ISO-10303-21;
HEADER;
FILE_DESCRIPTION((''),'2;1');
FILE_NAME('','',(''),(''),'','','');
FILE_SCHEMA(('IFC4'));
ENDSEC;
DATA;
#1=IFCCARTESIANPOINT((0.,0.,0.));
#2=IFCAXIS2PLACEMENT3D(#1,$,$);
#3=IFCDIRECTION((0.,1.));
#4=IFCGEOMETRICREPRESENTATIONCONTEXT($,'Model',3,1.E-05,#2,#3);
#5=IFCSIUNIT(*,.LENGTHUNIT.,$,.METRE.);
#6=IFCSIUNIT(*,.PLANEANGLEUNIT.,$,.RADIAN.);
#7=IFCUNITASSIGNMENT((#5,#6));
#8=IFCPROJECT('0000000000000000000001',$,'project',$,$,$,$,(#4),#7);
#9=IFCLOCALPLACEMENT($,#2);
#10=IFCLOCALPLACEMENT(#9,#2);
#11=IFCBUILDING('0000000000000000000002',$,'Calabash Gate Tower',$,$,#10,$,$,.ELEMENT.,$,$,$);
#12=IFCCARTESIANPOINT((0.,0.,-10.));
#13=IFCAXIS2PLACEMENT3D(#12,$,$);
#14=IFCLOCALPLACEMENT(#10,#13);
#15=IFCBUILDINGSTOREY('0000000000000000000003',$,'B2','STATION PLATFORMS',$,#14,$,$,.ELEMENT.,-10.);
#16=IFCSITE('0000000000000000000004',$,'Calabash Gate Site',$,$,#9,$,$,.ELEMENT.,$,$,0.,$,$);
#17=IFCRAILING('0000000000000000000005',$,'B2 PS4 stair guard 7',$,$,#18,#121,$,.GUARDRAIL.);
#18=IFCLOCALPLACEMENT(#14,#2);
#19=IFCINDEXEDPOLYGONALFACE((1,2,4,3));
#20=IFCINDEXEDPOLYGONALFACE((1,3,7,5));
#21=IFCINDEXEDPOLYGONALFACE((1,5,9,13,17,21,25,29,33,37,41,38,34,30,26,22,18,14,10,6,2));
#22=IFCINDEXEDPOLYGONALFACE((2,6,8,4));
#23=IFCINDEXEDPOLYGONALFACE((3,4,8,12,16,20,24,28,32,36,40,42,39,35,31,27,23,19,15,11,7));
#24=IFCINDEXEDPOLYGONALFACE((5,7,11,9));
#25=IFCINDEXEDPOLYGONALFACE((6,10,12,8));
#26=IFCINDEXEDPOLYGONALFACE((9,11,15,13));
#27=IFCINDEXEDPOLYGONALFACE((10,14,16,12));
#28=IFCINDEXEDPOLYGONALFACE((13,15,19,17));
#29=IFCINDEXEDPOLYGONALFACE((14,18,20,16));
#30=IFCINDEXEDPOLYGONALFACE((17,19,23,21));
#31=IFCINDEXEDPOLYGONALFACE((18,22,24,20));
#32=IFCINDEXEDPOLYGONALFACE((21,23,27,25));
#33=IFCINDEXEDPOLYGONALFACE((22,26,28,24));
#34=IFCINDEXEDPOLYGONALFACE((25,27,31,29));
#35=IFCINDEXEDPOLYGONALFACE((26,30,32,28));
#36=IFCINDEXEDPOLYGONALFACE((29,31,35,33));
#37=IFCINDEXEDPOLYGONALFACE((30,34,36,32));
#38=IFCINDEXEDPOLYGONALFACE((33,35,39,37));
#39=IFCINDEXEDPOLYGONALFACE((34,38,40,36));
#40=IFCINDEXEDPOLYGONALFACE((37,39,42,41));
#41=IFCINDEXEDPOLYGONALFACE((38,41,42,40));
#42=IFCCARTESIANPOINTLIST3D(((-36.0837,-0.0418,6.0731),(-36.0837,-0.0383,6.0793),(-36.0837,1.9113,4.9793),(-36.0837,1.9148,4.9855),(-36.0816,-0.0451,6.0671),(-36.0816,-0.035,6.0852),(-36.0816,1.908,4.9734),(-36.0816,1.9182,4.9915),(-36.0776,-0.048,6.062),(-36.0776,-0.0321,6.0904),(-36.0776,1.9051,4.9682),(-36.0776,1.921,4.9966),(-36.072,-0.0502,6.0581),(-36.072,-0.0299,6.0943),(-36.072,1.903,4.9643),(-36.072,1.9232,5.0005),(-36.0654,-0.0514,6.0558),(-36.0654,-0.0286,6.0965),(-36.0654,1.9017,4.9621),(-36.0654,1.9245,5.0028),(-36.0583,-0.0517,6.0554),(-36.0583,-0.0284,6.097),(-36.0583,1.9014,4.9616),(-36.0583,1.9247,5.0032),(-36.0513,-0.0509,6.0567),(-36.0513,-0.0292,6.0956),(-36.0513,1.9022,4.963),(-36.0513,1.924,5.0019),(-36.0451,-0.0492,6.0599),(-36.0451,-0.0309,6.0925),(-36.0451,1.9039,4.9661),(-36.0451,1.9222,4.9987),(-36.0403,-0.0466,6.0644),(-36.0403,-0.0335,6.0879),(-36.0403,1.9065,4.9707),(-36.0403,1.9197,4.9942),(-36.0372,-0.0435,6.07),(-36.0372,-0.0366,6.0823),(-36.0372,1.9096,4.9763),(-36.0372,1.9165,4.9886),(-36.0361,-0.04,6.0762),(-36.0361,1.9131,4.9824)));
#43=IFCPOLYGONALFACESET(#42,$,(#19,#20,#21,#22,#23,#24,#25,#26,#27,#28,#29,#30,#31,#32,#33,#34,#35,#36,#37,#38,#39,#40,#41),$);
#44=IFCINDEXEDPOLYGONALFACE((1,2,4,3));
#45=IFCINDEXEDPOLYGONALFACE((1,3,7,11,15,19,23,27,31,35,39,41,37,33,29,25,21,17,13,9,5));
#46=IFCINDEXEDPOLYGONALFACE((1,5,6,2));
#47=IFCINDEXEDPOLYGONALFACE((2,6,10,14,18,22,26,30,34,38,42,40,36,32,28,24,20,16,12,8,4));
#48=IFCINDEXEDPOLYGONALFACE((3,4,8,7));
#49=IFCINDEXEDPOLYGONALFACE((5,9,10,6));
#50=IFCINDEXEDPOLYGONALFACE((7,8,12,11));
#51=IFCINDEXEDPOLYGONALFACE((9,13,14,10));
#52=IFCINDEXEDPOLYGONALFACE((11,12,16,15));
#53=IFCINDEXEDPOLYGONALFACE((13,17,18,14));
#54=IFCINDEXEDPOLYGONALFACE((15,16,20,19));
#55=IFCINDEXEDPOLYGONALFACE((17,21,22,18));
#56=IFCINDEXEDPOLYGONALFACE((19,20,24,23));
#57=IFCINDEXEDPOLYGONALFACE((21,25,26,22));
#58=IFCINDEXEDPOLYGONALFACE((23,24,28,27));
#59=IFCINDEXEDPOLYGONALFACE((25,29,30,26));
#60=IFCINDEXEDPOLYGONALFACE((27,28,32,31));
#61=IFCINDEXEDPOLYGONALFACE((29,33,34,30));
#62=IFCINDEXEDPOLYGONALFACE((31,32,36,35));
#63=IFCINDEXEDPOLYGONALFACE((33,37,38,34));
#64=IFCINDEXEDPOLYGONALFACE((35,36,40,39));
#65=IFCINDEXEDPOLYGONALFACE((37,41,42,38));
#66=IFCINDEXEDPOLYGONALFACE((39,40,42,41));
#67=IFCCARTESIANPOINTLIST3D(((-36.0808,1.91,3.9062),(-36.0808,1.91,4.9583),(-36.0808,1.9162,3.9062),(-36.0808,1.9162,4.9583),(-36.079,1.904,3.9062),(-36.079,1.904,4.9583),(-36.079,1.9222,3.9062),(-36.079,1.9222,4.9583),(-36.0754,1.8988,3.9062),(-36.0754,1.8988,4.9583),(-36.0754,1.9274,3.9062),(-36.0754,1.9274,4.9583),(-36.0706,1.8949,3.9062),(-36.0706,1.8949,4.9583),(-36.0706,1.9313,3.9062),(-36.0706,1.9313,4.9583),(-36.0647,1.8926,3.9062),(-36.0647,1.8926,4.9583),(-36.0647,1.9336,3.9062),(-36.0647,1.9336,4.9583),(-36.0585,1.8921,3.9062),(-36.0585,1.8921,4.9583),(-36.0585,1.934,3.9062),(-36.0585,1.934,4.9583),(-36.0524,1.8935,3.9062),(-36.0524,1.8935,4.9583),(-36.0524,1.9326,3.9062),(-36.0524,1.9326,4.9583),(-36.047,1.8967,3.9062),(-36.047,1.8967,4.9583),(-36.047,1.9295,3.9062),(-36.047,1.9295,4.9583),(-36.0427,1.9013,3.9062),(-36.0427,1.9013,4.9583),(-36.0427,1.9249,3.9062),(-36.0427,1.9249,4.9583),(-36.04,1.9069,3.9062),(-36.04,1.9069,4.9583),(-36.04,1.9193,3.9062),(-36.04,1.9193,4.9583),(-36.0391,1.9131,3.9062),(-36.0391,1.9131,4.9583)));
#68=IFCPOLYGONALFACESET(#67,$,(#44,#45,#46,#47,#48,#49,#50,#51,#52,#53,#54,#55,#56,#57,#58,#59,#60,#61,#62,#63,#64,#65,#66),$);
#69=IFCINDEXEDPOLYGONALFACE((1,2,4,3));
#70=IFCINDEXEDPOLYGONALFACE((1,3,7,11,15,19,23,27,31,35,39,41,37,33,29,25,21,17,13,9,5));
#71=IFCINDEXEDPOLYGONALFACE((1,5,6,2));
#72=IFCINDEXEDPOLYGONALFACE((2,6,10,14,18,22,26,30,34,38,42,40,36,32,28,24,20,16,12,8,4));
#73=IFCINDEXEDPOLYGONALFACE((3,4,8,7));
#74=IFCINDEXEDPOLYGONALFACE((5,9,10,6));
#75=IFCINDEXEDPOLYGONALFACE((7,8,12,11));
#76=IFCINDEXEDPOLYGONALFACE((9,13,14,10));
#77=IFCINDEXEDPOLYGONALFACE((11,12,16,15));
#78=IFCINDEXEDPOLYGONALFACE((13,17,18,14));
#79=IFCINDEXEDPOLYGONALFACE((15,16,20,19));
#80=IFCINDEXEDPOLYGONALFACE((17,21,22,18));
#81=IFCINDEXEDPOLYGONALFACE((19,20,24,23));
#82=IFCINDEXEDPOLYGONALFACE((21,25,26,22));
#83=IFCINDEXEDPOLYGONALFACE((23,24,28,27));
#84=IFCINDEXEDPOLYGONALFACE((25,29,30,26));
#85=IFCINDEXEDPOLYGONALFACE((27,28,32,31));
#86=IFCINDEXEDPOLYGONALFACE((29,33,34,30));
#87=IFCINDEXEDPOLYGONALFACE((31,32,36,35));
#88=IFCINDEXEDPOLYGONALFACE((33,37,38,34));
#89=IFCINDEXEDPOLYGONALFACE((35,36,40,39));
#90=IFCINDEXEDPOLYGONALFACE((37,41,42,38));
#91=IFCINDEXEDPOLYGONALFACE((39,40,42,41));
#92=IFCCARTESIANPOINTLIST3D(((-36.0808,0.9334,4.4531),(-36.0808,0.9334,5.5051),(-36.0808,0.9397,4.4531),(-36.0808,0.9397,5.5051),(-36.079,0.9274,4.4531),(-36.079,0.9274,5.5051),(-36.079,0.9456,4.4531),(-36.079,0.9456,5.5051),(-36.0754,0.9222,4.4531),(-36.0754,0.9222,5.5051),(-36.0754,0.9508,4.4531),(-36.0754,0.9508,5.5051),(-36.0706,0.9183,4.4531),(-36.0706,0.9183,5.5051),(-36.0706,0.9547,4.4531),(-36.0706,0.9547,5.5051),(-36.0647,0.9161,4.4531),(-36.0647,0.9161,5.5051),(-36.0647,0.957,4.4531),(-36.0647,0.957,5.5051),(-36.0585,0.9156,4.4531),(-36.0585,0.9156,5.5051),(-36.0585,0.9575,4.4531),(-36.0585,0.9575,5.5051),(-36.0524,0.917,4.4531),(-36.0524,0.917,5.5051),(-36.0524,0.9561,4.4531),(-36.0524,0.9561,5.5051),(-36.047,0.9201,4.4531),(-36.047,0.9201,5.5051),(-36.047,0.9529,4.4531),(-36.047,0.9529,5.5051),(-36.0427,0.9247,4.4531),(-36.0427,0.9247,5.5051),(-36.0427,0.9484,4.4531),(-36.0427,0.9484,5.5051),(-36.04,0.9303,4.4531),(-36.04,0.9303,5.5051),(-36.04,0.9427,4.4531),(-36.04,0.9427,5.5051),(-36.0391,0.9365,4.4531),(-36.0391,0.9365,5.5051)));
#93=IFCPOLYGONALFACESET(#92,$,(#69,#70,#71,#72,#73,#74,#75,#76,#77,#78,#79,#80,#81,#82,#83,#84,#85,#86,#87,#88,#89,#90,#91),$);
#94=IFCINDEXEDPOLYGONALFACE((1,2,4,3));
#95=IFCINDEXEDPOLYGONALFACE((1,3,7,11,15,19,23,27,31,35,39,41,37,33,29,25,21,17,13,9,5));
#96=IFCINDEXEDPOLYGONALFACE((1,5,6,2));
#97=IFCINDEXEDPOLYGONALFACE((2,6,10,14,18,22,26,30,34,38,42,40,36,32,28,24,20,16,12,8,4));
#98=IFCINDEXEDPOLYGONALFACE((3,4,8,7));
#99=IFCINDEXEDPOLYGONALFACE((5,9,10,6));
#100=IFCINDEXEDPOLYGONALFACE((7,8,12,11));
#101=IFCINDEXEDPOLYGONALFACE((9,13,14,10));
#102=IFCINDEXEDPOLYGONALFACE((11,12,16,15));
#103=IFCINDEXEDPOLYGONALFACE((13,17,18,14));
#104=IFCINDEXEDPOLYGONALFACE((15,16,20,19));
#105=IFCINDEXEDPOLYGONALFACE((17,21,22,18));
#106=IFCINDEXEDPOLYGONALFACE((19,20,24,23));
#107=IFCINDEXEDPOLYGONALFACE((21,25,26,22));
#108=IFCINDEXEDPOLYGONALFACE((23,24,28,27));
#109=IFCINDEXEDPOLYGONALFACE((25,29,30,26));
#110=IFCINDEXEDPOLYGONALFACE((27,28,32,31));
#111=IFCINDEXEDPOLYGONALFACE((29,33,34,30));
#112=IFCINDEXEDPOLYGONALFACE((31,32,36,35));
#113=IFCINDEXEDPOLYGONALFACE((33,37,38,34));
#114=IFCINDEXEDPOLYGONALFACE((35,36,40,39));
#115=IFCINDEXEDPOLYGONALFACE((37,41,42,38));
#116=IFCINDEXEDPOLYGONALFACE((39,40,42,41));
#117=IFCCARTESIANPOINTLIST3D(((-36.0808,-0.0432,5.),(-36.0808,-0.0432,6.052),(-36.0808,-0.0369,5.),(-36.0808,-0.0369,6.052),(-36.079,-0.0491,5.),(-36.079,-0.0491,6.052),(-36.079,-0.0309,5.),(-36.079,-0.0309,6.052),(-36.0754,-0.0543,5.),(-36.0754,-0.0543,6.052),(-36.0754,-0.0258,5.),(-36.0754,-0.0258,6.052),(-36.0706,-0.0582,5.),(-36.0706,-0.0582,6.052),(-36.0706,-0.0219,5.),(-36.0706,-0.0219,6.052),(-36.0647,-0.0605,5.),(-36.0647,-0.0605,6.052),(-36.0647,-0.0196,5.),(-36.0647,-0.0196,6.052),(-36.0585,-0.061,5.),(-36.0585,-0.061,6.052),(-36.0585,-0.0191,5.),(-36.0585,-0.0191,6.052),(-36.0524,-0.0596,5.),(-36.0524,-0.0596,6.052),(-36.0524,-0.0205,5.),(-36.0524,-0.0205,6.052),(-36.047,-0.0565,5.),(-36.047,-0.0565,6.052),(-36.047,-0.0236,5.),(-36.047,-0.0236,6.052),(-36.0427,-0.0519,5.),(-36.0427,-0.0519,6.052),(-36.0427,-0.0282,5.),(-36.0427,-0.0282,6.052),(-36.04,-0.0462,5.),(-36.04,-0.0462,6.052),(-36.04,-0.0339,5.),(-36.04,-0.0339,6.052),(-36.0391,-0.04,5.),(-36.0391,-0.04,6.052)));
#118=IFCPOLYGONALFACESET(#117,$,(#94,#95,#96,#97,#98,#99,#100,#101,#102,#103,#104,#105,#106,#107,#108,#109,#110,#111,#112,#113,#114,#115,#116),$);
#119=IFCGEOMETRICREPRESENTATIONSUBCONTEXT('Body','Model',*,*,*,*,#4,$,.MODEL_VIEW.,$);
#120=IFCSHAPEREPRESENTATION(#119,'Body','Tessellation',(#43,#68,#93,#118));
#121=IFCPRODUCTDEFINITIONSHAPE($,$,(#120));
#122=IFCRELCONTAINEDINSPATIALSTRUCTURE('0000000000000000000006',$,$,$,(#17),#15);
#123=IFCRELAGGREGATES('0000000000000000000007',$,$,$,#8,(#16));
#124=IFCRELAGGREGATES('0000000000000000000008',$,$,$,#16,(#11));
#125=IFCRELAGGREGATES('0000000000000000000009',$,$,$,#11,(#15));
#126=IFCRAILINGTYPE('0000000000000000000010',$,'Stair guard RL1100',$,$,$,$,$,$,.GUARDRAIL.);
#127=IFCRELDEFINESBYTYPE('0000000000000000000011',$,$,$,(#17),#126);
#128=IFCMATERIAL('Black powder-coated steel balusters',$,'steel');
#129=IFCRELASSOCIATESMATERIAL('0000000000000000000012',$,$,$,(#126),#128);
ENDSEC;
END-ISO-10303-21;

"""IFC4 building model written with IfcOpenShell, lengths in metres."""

from ifc_helpers import new_model, si_unit, direction, frame, origin, origin_2d, place, context, subcontext, project, spatial, circle, extrude, material, type_object, element, save


model = new_model("IFC4")

# Units and contexts
model_context = context("Model", 3, precision=1e-05, world=origin(), true_north=direction((0.0, 1.0)))
body_context = subcontext(model_context, "Body", "Model", "MODEL_VIEW")
ifc_project = project(units=[si_unit("LENGTHUNIT", "METRE"), si_unit("PLANEANGLEUNIT", "RADIAN")], contexts=[model_context])

# Site, building, storey
site_placement = place(None, origin())
site = spatial("IfcSite", under=ifc_project, at=site_placement, Name="Calabash Gate Site", CompositionType="ELEMENT", RefElevation=0.0)
building_placement = place(site_placement, origin())
building = spatial("IfcBuilding", under=site, at=building_placement, Name="Calabash Gate Tower", CompositionType="ELEMENT")
storey_placement = place(building_placement, frame((0.0, 0.0, -10.0)))
storey = spatial("IfcBuildingStorey", under=building, at=storey_placement, Name="B2", Description="STATION PLATFORMS", CompositionType="ELEMENT", Elevation=-10.0)

# Railing
ifc_material_1 = material(Name="Black powder-coated steel balusters", Category="steel")
railing_type_1 = type_object("IfcRailingType", Name="Stair guard RL1100", PredefinedType="GUARDRAIL", material=ifc_material_1)
railing_1_placement = place(storey_placement, frame((-36.0601, 1.9131, 3.9062)))
element("IfcRailing", 1, at=railing_1_placement, inside=storey, type_object=railing_type_1, Name="B2 PS4 stair guard 7", PredefinedType="GUARDRAIL", context=body_context, shape_type="SweptSolid", body=[
    extrude(circle(Radius=0.0239, at=origin_2d()), frame((0.0, 0.0, 1.0762), z_axis=(0.0, -0.872506, 0.488603), x_axis=(1.0, 0.0, 0.0)), (0.0, 0.0, 1.0), 2.2385),
    extrude(circle(Radius=0.021, at=origin_2d()), origin(), (0.0, 0.0, 1.0), 1.052),
    extrude(circle(Radius=0.021, at=origin_2d()), frame((0.0, -0.9766, 0.5469)), (0.0, 0.0, 1.0), 1.052),
    extrude(circle(Radius=0.021, at=origin_2d()), frame((0.0, -1.9531, 1.0938)), (0.0, 0.0, 1.0), 1.052),
])

save(model, "model.ifc")
